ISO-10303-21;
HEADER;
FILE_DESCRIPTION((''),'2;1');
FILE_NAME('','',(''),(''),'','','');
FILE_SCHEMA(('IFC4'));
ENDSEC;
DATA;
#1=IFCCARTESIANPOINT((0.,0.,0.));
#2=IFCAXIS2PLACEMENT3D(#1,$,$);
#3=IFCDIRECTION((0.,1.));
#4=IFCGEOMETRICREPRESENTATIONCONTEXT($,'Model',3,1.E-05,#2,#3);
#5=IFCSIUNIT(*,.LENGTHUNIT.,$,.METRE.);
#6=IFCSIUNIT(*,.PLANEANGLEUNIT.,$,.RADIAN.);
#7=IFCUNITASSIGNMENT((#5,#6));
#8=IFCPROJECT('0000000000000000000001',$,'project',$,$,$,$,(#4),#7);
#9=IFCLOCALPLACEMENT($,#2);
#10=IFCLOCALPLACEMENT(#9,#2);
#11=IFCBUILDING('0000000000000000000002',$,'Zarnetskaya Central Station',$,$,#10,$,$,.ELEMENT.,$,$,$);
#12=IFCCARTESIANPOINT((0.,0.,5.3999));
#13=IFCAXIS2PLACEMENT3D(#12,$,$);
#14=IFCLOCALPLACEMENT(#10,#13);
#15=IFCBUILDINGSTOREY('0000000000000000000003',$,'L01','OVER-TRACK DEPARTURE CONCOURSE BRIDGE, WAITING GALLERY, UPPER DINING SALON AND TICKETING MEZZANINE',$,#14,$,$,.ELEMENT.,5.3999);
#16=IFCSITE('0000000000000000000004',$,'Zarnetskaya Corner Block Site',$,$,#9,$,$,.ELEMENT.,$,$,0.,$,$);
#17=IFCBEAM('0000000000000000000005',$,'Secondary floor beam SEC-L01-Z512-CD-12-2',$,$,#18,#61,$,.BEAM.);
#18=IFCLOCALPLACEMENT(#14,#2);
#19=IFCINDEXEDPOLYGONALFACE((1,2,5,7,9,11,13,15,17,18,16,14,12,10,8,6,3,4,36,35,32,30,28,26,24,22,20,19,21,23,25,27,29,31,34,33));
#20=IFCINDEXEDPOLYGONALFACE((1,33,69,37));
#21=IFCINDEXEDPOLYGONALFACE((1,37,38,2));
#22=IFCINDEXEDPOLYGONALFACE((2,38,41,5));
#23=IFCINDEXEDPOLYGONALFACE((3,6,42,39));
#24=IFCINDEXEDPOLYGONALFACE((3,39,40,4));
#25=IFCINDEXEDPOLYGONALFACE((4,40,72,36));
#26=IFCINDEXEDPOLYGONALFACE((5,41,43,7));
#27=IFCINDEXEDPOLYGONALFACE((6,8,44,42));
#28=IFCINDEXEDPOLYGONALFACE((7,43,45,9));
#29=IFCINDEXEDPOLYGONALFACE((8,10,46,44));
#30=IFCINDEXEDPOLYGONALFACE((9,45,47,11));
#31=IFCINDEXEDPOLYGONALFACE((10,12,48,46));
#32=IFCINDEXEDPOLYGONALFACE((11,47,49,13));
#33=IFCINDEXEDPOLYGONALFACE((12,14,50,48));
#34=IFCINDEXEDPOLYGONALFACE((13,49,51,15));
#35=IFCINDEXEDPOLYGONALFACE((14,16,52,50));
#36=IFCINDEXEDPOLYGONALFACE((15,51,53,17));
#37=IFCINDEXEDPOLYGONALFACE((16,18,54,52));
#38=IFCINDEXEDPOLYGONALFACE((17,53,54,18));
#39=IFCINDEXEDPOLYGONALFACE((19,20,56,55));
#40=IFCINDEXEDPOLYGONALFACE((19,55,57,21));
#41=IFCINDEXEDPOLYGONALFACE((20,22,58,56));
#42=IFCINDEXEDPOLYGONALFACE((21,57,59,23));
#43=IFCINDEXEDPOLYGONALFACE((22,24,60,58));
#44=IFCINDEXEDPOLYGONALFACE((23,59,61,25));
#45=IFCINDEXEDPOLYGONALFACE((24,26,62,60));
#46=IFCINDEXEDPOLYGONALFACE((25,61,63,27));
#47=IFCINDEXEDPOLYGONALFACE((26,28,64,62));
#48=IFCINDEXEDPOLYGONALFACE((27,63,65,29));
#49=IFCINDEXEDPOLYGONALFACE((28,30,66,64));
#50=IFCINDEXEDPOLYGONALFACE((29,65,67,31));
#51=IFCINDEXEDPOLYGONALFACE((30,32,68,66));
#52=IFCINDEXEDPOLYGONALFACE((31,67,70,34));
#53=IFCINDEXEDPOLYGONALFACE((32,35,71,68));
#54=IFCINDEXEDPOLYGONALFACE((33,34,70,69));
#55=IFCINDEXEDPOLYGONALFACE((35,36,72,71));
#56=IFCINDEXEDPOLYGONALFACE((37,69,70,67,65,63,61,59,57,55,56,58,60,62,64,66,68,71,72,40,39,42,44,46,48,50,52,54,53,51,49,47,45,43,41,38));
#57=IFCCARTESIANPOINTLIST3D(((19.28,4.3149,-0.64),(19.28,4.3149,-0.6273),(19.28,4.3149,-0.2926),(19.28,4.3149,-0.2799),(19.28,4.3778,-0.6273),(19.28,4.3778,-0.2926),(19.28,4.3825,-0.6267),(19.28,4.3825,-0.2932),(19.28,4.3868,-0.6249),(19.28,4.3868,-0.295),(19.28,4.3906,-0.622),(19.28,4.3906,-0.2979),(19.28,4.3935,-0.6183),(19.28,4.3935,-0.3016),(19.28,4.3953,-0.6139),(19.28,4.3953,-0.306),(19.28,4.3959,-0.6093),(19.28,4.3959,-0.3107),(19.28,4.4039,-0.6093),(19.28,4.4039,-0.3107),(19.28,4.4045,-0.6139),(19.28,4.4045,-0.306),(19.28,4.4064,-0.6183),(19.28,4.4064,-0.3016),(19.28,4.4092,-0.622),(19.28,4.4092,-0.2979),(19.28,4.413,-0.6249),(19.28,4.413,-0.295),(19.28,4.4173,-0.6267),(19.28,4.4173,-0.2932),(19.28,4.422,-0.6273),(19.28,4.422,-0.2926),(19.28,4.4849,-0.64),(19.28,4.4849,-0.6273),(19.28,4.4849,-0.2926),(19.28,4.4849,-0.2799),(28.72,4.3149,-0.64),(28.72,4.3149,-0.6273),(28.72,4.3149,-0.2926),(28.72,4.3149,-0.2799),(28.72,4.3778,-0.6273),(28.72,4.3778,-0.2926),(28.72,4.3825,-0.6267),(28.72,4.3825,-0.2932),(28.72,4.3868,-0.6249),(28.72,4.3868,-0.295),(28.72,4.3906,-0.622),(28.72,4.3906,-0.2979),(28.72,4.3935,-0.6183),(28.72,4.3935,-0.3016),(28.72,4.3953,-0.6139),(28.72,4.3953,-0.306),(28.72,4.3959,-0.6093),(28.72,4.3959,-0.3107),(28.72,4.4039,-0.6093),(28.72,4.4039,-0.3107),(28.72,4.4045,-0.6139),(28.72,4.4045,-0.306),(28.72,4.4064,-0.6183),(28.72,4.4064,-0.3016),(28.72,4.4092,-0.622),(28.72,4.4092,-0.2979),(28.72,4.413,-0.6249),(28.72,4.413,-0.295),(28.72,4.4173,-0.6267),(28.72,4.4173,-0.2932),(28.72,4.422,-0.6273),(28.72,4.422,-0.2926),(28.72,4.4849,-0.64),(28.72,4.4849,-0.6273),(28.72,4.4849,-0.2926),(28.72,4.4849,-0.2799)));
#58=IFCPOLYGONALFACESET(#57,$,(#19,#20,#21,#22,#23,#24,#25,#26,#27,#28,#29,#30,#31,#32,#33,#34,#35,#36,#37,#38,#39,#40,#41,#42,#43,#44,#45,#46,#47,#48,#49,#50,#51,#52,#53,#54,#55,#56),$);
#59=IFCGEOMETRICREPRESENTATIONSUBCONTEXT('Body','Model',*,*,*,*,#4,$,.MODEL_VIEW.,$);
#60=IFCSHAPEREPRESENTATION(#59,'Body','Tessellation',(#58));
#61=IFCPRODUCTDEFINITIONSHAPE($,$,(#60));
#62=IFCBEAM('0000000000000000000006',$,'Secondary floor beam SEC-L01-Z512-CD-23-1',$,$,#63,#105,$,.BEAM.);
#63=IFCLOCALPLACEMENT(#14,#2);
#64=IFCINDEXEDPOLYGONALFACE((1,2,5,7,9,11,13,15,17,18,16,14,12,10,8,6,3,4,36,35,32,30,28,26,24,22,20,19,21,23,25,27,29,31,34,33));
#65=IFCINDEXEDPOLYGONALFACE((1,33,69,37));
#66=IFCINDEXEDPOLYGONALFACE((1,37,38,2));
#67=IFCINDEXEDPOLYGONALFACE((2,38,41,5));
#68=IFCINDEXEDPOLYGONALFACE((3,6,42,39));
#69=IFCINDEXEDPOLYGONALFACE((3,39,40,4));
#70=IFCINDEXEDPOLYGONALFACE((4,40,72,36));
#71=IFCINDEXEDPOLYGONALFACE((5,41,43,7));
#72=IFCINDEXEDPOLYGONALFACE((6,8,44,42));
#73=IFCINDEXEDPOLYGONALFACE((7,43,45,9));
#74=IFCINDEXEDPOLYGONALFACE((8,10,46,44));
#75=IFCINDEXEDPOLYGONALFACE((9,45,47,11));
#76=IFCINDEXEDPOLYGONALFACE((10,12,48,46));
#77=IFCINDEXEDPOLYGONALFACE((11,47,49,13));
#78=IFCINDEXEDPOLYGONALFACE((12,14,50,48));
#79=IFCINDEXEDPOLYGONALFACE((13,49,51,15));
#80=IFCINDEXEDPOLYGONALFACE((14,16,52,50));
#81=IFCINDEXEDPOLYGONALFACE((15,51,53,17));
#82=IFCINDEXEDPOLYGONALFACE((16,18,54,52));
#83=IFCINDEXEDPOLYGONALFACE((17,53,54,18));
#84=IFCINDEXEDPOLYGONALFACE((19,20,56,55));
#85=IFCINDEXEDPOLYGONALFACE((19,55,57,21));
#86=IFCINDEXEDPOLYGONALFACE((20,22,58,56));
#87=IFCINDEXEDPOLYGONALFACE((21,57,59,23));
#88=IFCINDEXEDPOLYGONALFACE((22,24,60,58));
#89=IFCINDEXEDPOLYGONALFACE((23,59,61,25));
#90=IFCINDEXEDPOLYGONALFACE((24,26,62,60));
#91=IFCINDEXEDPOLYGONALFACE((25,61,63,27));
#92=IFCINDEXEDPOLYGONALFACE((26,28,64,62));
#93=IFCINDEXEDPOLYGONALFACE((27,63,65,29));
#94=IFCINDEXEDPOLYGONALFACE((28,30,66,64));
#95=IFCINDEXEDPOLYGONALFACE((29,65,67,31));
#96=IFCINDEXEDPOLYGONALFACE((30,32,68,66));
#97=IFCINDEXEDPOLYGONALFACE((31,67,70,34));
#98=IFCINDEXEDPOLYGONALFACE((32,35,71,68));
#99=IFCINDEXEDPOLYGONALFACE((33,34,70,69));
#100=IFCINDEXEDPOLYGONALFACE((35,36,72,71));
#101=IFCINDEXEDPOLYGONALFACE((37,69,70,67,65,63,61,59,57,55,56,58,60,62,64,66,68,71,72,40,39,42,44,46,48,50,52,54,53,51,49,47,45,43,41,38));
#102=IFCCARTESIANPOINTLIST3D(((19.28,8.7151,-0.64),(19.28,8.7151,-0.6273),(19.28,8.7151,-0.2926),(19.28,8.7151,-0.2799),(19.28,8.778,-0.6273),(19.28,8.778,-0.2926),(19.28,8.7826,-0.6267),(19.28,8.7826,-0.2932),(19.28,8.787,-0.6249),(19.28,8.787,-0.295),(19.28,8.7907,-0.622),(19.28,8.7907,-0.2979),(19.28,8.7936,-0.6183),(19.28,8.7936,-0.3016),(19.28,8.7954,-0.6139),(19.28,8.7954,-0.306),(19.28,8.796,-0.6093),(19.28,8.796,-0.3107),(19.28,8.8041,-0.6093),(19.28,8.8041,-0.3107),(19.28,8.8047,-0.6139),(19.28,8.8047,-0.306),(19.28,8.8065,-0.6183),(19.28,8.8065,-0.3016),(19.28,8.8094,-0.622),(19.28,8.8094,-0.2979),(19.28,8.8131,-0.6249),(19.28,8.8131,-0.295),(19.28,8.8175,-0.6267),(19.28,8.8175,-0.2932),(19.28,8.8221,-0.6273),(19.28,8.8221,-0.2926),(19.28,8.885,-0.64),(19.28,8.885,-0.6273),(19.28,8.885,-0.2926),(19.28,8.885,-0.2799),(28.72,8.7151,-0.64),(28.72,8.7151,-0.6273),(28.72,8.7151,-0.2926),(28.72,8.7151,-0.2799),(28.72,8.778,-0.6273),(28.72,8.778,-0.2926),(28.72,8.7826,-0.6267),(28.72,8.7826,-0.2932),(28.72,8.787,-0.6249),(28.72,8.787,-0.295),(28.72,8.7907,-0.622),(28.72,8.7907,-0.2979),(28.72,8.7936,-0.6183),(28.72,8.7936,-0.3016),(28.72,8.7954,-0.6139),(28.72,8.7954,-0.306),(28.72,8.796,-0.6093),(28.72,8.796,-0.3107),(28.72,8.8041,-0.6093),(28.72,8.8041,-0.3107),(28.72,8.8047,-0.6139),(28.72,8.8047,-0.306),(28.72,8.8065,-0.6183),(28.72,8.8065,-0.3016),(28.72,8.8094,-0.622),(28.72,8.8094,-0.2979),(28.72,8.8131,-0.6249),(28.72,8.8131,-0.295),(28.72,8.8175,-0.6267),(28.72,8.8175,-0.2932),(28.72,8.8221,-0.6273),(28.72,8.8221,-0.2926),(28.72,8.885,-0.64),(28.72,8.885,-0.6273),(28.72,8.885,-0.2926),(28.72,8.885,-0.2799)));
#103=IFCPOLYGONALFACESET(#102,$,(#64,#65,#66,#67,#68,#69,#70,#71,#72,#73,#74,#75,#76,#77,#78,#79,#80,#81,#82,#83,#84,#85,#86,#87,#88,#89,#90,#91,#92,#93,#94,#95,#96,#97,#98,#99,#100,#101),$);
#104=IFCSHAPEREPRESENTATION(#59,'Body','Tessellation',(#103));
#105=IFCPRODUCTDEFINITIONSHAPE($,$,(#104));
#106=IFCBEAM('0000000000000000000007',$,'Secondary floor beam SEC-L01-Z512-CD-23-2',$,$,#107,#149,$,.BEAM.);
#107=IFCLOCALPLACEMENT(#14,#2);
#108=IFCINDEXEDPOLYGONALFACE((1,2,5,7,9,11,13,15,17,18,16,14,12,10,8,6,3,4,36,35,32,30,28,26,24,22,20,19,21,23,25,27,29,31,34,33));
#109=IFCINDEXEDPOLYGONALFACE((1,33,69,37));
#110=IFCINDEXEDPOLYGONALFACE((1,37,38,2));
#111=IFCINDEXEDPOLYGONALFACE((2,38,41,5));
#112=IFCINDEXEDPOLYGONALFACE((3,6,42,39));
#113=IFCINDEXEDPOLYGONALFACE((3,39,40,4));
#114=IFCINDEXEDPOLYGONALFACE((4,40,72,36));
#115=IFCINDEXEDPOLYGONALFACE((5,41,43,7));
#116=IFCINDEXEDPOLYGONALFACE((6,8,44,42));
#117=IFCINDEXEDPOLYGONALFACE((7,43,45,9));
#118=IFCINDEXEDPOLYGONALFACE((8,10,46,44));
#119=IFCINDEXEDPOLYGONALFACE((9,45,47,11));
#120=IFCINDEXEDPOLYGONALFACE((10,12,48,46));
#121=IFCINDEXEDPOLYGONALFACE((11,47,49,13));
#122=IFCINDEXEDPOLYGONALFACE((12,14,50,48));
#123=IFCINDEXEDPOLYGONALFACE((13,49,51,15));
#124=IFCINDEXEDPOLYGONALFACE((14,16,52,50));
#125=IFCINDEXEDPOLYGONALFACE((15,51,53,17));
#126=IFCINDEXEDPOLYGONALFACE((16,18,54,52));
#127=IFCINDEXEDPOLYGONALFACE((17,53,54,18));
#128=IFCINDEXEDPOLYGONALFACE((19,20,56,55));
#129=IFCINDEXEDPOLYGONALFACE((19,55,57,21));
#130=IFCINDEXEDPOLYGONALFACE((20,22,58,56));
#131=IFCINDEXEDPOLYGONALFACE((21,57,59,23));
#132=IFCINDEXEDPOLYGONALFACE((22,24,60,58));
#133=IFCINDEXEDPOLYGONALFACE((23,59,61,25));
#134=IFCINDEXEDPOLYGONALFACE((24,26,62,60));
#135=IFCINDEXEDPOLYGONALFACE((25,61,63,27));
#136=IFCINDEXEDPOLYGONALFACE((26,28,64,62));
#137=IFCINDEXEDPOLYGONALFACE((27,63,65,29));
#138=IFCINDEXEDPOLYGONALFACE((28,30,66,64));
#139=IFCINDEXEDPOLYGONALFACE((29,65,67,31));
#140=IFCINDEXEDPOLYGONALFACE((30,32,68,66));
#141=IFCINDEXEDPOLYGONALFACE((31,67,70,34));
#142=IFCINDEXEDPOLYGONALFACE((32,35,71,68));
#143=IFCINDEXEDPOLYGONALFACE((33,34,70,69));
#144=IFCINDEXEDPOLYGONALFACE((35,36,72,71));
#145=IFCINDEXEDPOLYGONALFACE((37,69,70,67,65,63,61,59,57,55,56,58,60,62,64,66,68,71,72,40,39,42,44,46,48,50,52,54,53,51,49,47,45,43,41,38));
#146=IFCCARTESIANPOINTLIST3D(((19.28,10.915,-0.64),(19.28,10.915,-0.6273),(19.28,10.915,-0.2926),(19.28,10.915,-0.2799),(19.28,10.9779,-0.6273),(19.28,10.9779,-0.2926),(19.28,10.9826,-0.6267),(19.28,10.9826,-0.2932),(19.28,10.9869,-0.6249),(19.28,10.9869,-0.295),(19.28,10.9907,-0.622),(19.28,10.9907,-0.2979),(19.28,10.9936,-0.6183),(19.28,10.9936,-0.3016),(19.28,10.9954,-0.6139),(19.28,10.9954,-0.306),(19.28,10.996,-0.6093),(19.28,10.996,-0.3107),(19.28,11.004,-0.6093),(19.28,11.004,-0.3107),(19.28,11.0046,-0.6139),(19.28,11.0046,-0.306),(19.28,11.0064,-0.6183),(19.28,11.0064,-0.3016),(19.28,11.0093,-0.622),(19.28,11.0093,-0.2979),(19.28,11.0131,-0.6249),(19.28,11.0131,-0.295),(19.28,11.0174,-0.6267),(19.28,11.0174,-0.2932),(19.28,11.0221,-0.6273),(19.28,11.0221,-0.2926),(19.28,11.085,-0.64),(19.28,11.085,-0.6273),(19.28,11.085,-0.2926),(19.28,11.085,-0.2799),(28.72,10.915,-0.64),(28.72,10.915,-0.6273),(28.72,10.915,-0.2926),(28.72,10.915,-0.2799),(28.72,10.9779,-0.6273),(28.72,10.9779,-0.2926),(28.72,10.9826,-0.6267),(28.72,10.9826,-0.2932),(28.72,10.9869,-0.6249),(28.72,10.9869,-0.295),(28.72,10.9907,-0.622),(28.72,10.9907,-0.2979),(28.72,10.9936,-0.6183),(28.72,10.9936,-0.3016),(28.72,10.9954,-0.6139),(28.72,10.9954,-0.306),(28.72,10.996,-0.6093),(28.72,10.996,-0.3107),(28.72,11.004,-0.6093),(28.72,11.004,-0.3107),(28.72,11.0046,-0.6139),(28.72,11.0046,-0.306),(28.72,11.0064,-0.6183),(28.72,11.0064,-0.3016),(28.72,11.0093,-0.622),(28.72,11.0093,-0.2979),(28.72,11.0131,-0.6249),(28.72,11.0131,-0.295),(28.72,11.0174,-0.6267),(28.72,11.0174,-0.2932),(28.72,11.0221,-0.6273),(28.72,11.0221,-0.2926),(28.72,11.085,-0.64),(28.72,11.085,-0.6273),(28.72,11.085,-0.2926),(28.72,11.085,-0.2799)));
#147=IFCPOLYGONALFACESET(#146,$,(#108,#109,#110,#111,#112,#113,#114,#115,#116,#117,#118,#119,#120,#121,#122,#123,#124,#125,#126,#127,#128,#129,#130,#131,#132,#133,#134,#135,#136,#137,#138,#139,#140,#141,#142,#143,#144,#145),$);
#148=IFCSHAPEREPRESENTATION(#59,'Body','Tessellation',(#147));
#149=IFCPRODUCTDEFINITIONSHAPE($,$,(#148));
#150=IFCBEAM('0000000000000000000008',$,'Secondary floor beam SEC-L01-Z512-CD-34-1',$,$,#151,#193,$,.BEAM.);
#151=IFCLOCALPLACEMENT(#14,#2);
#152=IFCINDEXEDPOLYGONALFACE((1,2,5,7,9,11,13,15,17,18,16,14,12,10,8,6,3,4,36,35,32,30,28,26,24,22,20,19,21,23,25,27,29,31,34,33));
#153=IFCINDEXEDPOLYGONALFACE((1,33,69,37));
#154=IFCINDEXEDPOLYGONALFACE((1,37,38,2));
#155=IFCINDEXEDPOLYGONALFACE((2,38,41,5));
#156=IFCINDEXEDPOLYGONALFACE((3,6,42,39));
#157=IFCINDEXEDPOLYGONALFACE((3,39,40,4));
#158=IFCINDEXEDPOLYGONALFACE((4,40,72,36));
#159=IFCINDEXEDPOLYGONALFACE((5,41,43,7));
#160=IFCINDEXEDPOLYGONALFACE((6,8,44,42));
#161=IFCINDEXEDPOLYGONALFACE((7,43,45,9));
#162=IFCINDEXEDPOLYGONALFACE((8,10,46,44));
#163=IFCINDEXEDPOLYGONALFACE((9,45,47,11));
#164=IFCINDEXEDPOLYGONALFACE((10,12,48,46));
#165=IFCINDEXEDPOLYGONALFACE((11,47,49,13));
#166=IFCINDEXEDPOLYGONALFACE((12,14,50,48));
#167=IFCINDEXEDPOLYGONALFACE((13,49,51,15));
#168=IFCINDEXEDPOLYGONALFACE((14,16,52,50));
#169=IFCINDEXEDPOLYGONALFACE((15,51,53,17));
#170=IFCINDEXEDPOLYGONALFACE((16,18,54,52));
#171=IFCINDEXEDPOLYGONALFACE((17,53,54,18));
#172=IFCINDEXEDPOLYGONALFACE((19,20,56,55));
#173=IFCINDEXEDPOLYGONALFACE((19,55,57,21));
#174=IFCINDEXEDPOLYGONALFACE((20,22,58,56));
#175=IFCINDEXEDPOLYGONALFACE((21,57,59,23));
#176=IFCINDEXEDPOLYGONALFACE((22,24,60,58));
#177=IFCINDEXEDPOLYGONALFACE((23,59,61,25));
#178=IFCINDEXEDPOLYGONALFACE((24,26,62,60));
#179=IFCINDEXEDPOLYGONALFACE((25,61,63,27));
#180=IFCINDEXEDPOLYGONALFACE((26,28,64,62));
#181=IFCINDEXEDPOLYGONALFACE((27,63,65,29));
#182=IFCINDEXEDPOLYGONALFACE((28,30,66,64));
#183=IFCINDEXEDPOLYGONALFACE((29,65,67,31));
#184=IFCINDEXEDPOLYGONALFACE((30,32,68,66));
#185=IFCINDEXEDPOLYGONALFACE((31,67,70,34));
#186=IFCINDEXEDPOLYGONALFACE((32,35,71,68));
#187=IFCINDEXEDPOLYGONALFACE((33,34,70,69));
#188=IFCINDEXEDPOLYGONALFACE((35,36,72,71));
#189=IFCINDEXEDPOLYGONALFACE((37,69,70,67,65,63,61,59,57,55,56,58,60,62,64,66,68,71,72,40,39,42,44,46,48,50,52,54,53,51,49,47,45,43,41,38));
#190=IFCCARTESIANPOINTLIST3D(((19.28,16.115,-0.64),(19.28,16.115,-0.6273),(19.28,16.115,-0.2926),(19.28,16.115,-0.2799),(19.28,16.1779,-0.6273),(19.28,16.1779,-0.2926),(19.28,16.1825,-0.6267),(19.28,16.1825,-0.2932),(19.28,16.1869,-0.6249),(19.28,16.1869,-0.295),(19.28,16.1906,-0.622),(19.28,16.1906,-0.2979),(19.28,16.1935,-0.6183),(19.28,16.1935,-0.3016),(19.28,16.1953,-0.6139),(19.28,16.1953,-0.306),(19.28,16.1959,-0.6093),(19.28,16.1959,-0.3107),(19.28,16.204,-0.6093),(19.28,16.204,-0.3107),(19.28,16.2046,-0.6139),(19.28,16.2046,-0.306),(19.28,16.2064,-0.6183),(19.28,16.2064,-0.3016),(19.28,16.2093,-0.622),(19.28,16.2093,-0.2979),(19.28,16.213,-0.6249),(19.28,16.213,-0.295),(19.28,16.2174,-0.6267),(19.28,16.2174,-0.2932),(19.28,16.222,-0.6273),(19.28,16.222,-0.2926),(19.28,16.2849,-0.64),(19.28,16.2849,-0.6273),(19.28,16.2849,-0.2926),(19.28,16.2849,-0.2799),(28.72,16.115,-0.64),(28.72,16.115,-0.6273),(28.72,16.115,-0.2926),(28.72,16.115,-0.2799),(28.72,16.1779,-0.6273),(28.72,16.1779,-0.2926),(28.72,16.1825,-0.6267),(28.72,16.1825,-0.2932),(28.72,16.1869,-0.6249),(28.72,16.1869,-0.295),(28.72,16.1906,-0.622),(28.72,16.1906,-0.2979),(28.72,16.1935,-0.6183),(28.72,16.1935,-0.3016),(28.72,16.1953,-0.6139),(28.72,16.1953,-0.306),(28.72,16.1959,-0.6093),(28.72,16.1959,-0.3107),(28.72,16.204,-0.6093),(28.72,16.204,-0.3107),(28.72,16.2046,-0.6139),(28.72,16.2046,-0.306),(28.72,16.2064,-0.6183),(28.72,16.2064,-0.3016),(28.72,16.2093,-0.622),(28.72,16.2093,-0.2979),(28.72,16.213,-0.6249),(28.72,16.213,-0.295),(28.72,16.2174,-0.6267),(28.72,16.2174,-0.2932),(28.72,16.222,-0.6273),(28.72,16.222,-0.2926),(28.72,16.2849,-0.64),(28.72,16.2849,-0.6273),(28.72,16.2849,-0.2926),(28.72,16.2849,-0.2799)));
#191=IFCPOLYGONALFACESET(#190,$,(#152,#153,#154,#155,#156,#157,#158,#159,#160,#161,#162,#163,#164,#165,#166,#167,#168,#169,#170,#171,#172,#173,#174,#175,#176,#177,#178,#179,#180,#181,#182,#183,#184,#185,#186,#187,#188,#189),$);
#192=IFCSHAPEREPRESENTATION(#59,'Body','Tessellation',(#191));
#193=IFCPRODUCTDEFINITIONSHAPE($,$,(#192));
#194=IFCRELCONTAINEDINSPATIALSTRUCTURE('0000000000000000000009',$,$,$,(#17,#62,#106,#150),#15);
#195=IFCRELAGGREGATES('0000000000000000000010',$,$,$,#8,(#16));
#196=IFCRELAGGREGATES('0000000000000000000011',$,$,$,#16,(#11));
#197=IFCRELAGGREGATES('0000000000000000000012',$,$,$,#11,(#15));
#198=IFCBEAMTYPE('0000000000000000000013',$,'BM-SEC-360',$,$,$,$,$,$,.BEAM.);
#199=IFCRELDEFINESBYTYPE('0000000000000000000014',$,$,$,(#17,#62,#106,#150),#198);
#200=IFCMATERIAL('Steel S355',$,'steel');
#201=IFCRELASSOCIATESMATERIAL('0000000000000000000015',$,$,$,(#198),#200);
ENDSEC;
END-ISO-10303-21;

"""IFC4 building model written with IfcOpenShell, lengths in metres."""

from ifc_helpers import new_model, si_unit, direction, frame, origin, origin_2d, place, context, subcontext, project, spatial, i_section, extrude, material, material_profile, profile_set, type_object, element, save


model = new_model("IFC4")

# Units and contexts
model_context = context("Model", 3, precision=1e-05, world=origin(), true_north=direction((0.0, 1.0)))
body_context = subcontext(model_context, "Body", "Model", "MODEL_VIEW")
ifc_project = project(units=[si_unit("LENGTHUNIT", "METRE"), si_unit("PLANEANGLEUNIT", "RADIAN")], contexts=[model_context])

# Site, building, storey
site_placement = place(None, origin())
site = spatial("IfcSite", under=ifc_project, at=site_placement, Name="Zarnetskaya Corner Block Site", CompositionType="ELEMENT", RefElevation=0.0)
building_placement = place(site_placement, origin())
building = spatial("IfcBuilding", under=site, at=building_placement, Name="Zarnetskaya Central Station", CompositionType="ELEMENT")
storey_placement = place(building_placement, frame((0.0, 0.0, 5.3999)))
storey = spatial("IfcBuildingStorey", under=building, at=storey_placement, Name="L01", Description="OVER-TRACK DEPARTURE CONCOURSE BRIDGE, WAITING GALLERY, UPPER DINING SALON AND TICKETING MEZZANINE", CompositionType="ELEMENT", Elevation=5.3999)

# Shared definitions
ifc_material_1 = material(Name="Steel S355", Category="steel")

# Beams
ifc_material_profile_1 = material_profile(ifc_material_1, i_section(OverallWidth=0.1699, OverallDepth=0.3601, WebThickness=0.0081, FlangeThickness=0.0127, FilletRadius=0.0181, at=origin_2d()), Name="IPE 360")
ifc_profile_set_1 = profile_set([ifc_material_profile_1], Name="Steel S355")
beam_type_1 = type_object("IfcBeamType", Name="BM-SEC-360", PredefinedType="BEAM", material=ifc_profile_set_1)
for number, where, z_axis, x_axis, name in (
    (1, (19.28, 4.3999, -0.46), (1.0, 0.0, 0.0), (0.0, 1.0, 0.0), "Secondary floor beam SEC-L01-Z512-CD-12-2"),
    (2, (19.28, 8.8, -0.46), (1.0, 0.0, 0.0), (0.0, 1.0, 0.0), "Secondary floor beam SEC-L01-Z512-CD-23-1"),
    (3, (19.28, 11.0, -0.46), (1.0, 0.0, 0.0), (0.0, 1.0, 0.0), "Secondary floor beam SEC-L01-Z512-CD-23-2"),
    (4, (19.28, 16.2, -0.46), (1.0, 0.0, 0.0), (0.0, 1.0, 0.0), "Secondary floor beam SEC-L01-Z512-CD-34-1"),
):
    element("IfcBeam", number, at=place(storey_placement, frame(where, z_axis=z_axis, x_axis=x_axis)), inside=storey, type_object=beam_type_1, Name=name, PredefinedType="BEAM", context=body_context, shape_type="SweptSolid", body=[
        extrude(i_section(OverallWidth=0.1699, OverallDepth=0.3601, WebThickness=0.0081, FlangeThickness=0.0127, FilletRadius=0.0181, at=origin_2d()), origin(), (0.0, 0.0, 1.0), 9.4399),
    ])

save(model, "model.ifc")
